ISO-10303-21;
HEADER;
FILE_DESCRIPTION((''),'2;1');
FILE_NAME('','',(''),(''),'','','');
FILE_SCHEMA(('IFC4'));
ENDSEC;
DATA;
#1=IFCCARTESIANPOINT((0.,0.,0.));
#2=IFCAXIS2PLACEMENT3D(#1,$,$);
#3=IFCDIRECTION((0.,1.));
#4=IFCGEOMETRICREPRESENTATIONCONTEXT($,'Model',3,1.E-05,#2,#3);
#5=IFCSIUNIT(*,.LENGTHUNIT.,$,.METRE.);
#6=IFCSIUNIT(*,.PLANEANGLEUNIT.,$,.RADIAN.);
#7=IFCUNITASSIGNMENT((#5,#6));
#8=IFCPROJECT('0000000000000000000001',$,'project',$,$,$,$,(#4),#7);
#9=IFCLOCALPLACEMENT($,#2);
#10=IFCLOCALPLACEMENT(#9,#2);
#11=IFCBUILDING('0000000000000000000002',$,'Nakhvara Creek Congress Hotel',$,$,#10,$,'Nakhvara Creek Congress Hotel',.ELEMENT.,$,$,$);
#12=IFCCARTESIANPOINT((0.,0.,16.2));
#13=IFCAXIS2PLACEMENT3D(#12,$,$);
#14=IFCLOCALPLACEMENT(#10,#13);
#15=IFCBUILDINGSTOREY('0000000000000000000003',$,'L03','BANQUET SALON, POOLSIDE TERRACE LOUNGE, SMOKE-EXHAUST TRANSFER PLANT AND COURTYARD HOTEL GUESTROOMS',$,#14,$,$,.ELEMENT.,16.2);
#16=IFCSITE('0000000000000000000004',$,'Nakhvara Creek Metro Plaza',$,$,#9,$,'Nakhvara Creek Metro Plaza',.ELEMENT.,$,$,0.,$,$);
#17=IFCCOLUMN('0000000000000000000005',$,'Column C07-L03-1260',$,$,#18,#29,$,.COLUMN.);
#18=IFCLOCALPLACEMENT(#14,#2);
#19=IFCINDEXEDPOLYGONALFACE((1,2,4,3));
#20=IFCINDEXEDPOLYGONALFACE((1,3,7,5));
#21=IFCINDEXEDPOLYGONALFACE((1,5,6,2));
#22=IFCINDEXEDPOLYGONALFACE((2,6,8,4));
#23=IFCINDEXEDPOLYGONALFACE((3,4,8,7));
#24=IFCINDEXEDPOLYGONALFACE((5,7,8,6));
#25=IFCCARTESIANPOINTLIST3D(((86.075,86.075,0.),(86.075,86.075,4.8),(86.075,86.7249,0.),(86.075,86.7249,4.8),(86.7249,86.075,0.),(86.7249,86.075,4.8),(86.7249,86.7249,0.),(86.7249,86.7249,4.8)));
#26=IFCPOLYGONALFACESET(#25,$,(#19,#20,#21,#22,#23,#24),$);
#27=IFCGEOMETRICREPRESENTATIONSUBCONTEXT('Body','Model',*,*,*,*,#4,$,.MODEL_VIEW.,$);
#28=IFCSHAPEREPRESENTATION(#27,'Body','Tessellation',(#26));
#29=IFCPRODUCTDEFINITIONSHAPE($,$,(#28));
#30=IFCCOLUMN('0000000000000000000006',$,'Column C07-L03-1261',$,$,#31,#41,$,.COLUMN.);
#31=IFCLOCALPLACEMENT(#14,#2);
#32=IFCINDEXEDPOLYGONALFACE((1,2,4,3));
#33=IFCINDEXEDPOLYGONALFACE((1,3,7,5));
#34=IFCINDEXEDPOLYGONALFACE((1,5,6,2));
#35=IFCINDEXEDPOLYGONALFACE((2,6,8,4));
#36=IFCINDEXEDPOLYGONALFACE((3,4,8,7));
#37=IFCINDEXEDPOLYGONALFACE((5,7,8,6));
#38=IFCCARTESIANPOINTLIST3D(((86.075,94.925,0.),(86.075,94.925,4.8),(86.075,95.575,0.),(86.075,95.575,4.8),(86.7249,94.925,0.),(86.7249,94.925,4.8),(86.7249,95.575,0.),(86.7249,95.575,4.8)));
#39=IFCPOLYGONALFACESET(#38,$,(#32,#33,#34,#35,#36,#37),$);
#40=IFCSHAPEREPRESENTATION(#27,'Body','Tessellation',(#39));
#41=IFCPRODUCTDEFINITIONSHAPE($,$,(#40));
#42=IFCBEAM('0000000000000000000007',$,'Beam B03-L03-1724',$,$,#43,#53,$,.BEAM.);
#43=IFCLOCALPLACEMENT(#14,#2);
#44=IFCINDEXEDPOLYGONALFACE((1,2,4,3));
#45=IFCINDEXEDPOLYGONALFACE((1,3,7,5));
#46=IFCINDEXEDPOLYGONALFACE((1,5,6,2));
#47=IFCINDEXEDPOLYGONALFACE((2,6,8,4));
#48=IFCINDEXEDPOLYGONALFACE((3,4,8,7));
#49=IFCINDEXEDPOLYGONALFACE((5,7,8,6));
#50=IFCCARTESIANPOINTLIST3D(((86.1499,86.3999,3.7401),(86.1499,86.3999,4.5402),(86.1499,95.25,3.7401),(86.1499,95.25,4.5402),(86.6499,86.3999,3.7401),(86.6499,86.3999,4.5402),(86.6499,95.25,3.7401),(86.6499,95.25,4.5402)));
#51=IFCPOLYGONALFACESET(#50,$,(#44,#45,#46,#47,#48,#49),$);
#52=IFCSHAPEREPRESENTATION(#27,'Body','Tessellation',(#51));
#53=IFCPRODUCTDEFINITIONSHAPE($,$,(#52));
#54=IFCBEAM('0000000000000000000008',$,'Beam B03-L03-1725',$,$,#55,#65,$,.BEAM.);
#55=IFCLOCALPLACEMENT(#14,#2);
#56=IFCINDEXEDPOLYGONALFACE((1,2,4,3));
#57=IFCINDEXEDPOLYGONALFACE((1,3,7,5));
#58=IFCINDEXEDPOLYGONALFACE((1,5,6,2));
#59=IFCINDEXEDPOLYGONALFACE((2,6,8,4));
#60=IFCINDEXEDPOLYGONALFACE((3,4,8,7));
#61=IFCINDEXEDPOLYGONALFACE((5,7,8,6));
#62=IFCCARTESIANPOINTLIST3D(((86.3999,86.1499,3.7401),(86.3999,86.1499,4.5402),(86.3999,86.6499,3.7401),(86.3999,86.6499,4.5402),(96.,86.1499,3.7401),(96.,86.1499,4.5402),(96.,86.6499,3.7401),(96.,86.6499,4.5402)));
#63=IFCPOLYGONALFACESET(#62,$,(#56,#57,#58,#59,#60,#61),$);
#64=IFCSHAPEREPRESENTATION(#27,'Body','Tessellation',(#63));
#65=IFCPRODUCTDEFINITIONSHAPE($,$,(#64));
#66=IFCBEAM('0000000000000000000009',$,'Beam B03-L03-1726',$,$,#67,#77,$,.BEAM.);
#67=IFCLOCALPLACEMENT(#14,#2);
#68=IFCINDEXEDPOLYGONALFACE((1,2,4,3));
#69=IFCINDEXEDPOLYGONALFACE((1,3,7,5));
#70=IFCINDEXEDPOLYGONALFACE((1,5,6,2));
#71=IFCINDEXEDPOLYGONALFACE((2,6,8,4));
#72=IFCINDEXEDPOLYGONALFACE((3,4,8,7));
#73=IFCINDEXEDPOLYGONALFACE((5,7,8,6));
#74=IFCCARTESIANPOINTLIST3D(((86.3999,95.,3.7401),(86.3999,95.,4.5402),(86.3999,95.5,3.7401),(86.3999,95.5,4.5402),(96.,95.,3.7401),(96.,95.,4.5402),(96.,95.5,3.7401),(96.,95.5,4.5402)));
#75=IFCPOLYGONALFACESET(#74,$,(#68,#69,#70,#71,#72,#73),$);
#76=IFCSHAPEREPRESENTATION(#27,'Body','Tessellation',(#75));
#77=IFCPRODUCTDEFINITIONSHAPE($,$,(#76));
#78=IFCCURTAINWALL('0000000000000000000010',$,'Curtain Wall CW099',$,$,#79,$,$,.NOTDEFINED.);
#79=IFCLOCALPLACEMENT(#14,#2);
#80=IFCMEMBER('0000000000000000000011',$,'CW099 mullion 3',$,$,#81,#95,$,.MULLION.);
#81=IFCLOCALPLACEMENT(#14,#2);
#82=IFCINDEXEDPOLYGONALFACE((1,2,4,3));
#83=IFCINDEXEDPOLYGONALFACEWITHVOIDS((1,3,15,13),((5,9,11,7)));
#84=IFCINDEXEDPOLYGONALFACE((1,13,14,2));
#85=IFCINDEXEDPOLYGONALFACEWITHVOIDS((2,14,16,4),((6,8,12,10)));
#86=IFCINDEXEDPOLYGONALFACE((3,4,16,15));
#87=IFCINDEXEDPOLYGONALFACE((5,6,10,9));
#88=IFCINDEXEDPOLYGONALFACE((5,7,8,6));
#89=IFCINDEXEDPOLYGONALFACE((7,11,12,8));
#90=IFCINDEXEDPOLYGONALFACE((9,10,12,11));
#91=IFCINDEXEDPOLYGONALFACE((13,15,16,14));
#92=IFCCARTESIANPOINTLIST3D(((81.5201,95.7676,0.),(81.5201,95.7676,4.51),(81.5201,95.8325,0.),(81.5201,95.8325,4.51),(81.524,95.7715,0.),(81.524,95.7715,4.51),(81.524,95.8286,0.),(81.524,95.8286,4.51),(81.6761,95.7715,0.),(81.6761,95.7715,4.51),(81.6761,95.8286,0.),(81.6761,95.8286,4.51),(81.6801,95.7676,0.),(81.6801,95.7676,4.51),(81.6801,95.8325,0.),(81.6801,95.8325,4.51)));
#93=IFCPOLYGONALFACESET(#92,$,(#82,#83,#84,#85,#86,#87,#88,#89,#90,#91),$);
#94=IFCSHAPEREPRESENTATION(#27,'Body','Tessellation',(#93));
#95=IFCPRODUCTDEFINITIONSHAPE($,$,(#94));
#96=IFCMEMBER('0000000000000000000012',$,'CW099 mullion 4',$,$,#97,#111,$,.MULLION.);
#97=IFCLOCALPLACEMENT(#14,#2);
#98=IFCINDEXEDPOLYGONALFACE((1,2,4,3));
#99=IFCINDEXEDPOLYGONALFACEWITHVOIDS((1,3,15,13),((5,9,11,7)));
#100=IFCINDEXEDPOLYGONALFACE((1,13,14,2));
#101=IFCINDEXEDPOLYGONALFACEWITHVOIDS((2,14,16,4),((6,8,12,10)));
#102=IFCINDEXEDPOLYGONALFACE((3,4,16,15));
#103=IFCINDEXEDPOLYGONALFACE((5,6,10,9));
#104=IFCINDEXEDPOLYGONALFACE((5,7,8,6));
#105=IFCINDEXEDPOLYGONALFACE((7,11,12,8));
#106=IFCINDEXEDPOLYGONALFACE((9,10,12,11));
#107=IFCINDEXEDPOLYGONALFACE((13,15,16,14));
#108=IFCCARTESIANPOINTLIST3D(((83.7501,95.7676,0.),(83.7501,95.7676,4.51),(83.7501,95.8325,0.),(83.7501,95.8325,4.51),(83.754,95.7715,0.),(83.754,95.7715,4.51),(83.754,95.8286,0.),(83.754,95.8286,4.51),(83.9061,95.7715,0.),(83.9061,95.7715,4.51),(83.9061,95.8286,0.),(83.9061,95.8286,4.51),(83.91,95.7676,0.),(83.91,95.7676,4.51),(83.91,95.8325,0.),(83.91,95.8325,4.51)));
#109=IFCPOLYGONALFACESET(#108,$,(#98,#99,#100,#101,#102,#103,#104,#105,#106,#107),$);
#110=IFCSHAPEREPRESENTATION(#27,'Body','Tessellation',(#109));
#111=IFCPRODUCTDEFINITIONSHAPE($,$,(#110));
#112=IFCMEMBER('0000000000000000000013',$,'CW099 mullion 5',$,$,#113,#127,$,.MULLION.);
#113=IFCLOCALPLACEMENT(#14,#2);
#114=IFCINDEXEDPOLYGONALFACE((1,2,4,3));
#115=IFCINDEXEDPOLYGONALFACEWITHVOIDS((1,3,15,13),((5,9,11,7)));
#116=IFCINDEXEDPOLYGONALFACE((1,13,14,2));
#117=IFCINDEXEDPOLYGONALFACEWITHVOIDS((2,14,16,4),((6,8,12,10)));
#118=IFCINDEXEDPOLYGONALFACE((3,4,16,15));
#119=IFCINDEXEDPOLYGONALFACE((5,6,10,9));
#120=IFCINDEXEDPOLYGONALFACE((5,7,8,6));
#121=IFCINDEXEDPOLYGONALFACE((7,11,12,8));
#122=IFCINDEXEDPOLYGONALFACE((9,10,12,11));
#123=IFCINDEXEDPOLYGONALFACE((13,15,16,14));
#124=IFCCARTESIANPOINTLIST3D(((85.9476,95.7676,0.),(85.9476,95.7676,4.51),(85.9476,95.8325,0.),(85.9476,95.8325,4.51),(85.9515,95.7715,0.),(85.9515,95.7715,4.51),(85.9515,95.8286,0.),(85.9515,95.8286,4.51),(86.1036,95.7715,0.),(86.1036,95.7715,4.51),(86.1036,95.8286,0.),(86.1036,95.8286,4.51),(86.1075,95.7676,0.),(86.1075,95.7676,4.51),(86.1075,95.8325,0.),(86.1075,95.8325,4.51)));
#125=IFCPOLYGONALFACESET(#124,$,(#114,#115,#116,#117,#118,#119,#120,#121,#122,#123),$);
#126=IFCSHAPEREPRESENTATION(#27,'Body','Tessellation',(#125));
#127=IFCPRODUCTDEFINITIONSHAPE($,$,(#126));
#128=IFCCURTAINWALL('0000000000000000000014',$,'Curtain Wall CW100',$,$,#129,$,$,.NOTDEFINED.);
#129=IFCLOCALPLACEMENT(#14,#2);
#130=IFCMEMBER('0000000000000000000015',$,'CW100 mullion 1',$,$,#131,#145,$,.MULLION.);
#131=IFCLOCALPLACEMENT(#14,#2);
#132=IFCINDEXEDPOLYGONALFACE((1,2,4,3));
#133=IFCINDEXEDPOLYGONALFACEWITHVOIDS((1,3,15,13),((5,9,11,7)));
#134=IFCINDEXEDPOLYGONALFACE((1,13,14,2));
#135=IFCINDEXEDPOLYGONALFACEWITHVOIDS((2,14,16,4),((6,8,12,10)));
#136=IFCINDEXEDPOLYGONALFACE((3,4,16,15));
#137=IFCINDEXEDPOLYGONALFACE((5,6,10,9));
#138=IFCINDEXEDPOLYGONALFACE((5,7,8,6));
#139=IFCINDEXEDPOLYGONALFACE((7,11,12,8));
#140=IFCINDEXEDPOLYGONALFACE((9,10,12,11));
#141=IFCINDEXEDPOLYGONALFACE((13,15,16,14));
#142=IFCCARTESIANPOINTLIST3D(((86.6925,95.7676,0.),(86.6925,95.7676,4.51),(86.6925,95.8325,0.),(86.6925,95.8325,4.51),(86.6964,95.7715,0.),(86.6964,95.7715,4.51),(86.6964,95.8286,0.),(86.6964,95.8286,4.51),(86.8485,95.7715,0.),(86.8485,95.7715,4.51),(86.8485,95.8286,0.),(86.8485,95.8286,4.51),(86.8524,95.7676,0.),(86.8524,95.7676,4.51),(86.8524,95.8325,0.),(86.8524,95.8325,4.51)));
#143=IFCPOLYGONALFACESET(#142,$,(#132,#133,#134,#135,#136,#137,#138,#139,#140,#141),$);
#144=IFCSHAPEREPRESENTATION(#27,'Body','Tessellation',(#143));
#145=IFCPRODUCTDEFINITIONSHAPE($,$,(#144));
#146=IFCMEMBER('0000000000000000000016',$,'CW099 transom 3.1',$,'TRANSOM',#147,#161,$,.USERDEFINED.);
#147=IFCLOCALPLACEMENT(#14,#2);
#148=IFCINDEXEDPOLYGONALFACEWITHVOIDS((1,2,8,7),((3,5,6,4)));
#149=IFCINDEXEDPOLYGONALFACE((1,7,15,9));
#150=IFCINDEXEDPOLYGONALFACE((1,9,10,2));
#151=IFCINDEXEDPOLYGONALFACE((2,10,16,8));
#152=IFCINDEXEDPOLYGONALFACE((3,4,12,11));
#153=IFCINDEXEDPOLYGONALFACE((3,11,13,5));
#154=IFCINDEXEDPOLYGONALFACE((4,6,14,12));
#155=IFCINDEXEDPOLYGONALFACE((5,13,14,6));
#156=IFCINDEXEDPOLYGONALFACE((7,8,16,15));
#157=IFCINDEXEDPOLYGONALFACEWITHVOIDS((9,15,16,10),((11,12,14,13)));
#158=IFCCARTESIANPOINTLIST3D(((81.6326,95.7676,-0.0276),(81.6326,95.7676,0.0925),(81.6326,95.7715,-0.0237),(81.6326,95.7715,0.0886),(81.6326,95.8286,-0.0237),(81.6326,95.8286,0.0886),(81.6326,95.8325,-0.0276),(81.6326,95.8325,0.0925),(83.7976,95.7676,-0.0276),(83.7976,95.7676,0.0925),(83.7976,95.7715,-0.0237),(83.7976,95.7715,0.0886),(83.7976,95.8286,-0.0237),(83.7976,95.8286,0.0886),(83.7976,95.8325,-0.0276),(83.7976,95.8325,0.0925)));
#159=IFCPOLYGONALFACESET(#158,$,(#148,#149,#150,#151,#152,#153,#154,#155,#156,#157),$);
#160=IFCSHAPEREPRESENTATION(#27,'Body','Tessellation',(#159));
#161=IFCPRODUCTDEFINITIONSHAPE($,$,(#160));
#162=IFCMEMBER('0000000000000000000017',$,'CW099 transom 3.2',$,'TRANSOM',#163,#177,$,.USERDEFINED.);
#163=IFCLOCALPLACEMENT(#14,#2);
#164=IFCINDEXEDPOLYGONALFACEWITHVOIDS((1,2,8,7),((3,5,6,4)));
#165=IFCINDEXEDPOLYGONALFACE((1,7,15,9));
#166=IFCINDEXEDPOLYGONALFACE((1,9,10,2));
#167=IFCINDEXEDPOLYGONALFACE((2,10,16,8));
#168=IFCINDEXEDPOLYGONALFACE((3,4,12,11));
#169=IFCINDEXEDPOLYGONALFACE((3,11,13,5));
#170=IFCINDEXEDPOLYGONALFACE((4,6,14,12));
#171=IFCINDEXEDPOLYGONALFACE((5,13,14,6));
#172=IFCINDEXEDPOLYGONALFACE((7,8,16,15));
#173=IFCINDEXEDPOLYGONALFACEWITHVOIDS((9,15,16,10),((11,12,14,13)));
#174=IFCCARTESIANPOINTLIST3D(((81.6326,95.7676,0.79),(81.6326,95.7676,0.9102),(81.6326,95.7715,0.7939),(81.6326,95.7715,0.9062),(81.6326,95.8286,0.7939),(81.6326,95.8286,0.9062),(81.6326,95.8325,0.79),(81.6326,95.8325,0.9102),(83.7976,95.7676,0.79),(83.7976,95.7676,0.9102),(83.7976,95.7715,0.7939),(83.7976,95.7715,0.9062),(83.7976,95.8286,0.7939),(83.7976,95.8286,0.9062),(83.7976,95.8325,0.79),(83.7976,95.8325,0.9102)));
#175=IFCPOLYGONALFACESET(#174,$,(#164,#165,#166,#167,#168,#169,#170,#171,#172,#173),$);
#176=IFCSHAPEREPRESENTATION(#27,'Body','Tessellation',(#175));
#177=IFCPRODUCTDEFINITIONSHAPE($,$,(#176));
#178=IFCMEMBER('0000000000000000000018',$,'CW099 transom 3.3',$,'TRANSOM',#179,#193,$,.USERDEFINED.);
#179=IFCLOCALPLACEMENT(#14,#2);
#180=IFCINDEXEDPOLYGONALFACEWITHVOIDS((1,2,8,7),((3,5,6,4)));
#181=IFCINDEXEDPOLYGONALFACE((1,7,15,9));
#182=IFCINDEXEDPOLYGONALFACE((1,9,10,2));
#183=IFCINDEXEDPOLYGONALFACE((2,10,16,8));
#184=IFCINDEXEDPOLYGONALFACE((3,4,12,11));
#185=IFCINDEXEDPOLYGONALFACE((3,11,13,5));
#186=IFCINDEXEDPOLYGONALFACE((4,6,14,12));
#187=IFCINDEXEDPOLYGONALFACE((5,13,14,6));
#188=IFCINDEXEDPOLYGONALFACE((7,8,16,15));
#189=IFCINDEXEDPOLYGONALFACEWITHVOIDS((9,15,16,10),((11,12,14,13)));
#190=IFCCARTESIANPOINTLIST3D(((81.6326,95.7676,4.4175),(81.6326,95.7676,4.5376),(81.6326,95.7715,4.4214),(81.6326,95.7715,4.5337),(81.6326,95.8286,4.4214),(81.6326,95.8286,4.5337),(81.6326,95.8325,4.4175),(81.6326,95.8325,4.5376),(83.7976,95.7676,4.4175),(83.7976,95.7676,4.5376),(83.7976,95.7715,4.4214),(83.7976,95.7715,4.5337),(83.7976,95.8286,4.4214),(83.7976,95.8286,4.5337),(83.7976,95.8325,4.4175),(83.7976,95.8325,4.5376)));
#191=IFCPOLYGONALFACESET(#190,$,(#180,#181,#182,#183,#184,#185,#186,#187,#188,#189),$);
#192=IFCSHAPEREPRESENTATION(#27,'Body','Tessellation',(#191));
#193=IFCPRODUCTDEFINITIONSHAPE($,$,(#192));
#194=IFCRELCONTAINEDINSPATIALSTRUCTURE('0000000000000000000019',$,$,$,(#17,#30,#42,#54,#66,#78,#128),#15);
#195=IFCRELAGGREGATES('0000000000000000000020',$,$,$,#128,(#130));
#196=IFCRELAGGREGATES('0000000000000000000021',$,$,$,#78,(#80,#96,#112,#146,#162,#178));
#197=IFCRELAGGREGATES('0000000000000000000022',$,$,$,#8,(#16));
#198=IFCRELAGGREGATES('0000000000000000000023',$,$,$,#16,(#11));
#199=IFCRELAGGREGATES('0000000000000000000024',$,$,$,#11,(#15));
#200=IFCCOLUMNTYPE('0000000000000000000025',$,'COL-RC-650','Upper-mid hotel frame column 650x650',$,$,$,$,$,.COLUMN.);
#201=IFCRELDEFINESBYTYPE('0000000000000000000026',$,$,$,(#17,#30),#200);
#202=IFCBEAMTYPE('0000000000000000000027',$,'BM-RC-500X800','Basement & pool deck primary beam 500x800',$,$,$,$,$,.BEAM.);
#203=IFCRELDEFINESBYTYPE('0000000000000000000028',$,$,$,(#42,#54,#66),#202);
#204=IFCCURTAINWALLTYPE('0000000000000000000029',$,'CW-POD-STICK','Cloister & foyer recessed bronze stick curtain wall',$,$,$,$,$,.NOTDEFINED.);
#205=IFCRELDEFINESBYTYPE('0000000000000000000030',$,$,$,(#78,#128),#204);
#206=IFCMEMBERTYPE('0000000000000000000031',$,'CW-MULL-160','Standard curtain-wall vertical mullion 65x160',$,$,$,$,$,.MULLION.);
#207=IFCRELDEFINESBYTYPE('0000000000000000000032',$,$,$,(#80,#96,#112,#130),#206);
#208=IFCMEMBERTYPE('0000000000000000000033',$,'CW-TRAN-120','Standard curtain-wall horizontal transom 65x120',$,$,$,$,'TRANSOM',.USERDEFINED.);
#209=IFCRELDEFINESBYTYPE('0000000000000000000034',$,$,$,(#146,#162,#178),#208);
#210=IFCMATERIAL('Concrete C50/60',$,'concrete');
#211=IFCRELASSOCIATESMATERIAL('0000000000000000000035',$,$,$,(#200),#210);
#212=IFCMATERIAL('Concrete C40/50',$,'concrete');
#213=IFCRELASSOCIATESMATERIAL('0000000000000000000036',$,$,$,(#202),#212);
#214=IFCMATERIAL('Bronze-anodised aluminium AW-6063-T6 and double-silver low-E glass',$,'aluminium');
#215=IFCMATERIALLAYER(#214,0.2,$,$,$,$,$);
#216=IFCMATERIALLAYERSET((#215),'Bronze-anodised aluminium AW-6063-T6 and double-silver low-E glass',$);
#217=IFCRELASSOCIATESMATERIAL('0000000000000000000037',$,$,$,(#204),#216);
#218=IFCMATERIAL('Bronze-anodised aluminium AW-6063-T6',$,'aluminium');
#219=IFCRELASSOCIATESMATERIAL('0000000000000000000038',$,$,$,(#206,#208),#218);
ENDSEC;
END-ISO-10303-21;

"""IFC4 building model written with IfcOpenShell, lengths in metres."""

from ifc_helpers import new_model, si_unit, direction, frame, origin, origin_2d, place, context, subcontext, project, spatial, rectangle, hollow_rectangle, extrude, material, layer, layer_set, material_profile, profile_set, type_object, element, aggregate, save


model = new_model("IFC4")

# Units and contexts
model_context = context("Model", 3, precision=1e-05, world=origin(), true_north=direction((0.0, 1.0)))
body_context = subcontext(model_context, "Body", "Model", "MODEL_VIEW")
ifc_project = project(units=[si_unit("LENGTHUNIT", "METRE"), si_unit("PLANEANGLEUNIT", "RADIAN")], contexts=[model_context])

# Site, building, storey
site_placement = place(None, origin())
site = spatial("IfcSite", under=ifc_project, at=site_placement, Name="Nakhvara Creek Metro Plaza", LongName="Nakhvara Creek Metro Plaza", CompositionType="ELEMENT", RefElevation=0.0)
building_placement = place(site_placement, origin())
building = spatial("IfcBuilding", under=site, at=building_placement, Name="Nakhvara Creek Congress Hotel", LongName="Nakhvara Creek Congress Hotel", CompositionType="ELEMENT")
storey_placement = place(building_placement, frame((0.0, 0.0, 16.2)))
storey = spatial("IfcBuildingStorey", under=building, at=storey_placement, Name="L03", Description="BANQUET SALON, POOLSIDE TERRACE LOUNGE, SMOKE-EXHAUST TRANSFER PLANT AND COURTYARD HOTEL GUESTROOMS", CompositionType="ELEMENT", Elevation=16.2)

# Columns
ifc_material_1 = material(Name="Concrete C50/60", Category="concrete")
ifc_material_profile_1 = material_profile(ifc_material_1, rectangle(XDim=0.6499, YDim=0.6499, at=origin_2d()), Name="RC-COL 650x650", Category="LoadBearing")
ifc_profile_set_1 = profile_set([ifc_material_profile_1], Name="Concrete C50/60")
column_type = type_object("IfcColumnType", Name="COL-RC-650", Description="Upper-mid hotel frame column 650x650", PredefinedType="COLUMN", material=ifc_profile_set_1)
for number, where, z_axis, x_axis, name in (
    (1, (86.3999, 86.3999, 0.0), (0.0, 0.0, 1.0), (1.0, 0.0, 0.0), "Column C07-L03-1260"),
    (2, (86.3999, 95.25, 0.0), (0.0, 0.0, 1.0), (1.0, 0.0, 0.0), "Column C07-L03-1261"),
):
    element("IfcColumn", number, at=place(storey_placement, frame(where, z_axis=z_axis, x_axis=x_axis)), inside=storey, type_object=column_type, Name=name, PredefinedType="COLUMN", context=body_context, shape_type="SweptSolid", body=[
        extrude(rectangle(XDim=0.6499, YDim=0.6499, at=origin_2d()), origin(), (0.0, 0.0, 1.0), 4.8),
    ])

# Beams
ifc_material_2 = material(Name="Concrete C40/50", Category="concrete")
ifc_material_profile_2 = material_profile(ifc_material_2, rectangle(XDim=0.5, YDim=0.8, at=origin_2d()), Name="RC-BM 500x800", Category="LoadBearing")
ifc_profile_set_2 = profile_set([ifc_material_profile_2], Name="Concrete C40/50")
beam_type = type_object("IfcBeamType", Name="BM-RC-500X800", Description="Basement & pool deck primary beam 500x800", PredefinedType="BEAM", material=ifc_profile_set_2)
beam_placement = place(storey_placement, frame((86.3999, 86.3999, 4.1401), z_axis=(0.0, 1.0, 0.0), x_axis=(-1.0, 0.0, 0.0)))
element("IfcBeam", 3, at=beam_placement, inside=storey, type_object=beam_type, Name="Beam B03-L03-1724", PredefinedType="BEAM", context=body_context, shape_type="SweptSolid", body=[
    extrude(rectangle(XDim=0.5, YDim=0.8, at=origin_2d()), origin(), (0.0, 0.0, 1.0), 8.8501),
])
for number, where, z_axis, x_axis, name in (
    (4, (86.3999, 86.3999, 4.1401), (1.0, 0.0, 0.0), (0.0, 1.0, 0.0), "Beam B03-L03-1725"),
    (5, (86.3999, 95.25, 4.1401), (1.0, 0.0, 0.0), (0.0, 1.0, 0.0), "Beam B03-L03-1726"),
):
    element("IfcBeam", number, at=place(storey_placement, frame(where, z_axis=z_axis, x_axis=x_axis)), inside=storey, type_object=beam_type, Name=name, PredefinedType="BEAM", context=body_context, shape_type="SweptSolid", body=[
        extrude(rectangle(XDim=0.5, YDim=0.8, at=origin_2d()), origin(), (0.0, 0.0, 1.0), 9.6001),
    ])

# Curtain wall, members
ifc_material_3 = material(Name="Bronze-anodised aluminium AW-6063-T6 and double-silver low-E glass", Category="aluminium")
ifc_layer = layer(ifc_material_3, 0.2)
ifc_layer_set = layer_set([ifc_layer], Name="Bronze-anodised aluminium AW-6063-T6 and double-silver low-E glass")
curtain_wall_type = type_object("IfcCurtainWallType", Name="CW-POD-STICK", Description="Cloister & foyer recessed bronze stick curtain wall", PredefinedType="NOTDEFINED", material=ifc_layer_set)
curtain_wall_1_placement = place(storey_placement, origin())
curtain_wall_1 = element("IfcCurtainWall", 6, at=curtain_wall_1_placement, inside=storey, type_object=curtain_wall_type, Name="Curtain Wall CW099", PredefinedType="NOTDEFINED")
ifc_material_4 = material(Name="Bronze-anodised aluminium AW-6063-T6", Category="aluminium")
ifc_material_profile_3 = material_profile(ifc_material_4, hollow_rectangle(XDim=0.0649, YDim=0.1599, WallThickness=0.0039, at=origin_2d()), Name="ALU-MULL 65x160x4", Category="LoadBearing")
ifc_profile_set_3 = profile_set([ifc_material_profile_3], Name="Bronze-anodised aluminium AW-6063-T6")
member_type_1 = type_object("IfcMemberType", Name="CW-MULL-160", Description="Standard curtain-wall vertical mullion 65x160", PredefinedType="MULLION", material=ifc_profile_set_3)
member_1_placement = place(storey_placement, frame((81.6001, 95.8, 0.0), z_axis=(0.0, 0.0, 1.0), x_axis=(0.0, 1.0, 0.0)))
member_1 = element("IfcMember", 7, at=member_1_placement, type_object=member_type_1, Name="CW099 mullion 3", PredefinedType="MULLION", context=body_context, shape_type="SweptSolid", body=[
    extrude(hollow_rectangle(XDim=0.0649, YDim=0.1599, WallThickness=0.0039, at=origin_2d()), origin(), (0.0, 0.0, 1.0), 4.51),
])
member_2_placement = place(storey_placement, frame((83.8301, 95.8, 0.0), z_axis=(0.0, 0.0, 1.0), x_axis=(0.0, 1.0, 0.0)))
member_2 = element("IfcMember", 8, at=member_2_placement, type_object=member_type_1, Name="CW099 mullion 4", PredefinedType="MULLION", context=body_context, shape_type="SweptSolid", body=[
    extrude(hollow_rectangle(XDim=0.0649, YDim=0.1599, WallThickness=0.0039, at=origin_2d()), origin(), (0.0, 0.0, 1.0), 4.51),
])
member_3_placement = place(storey_placement, frame((86.0276, 95.8, 0.0), z_axis=(0.0, 0.0, 1.0), x_axis=(0.0, 1.0, 0.0)))
member_3 = element("IfcMember", 9, at=member_3_placement, type_object=member_type_1, Name="CW099 mullion 5", PredefinedType="MULLION", context=body_context, shape_type="SweptSolid", body=[
    extrude(hollow_rectangle(XDim=0.0649, YDim=0.1599, WallThickness=0.0039, at=origin_2d()), origin(), (0.0, 0.0, 1.0), 4.51),
])

# Curtain wall, member
curtain_wall_2_placement = place(storey_placement, origin())
curtain_wall_2 = element("IfcCurtainWall", 10, at=curtain_wall_2_placement, inside=storey, type_object=curtain_wall_type, Name="Curtain Wall CW100", PredefinedType="NOTDEFINED")
member_4_placement = place(storey_placement, frame((86.7725, 95.8, 0.0), z_axis=(0.0, 0.0, 1.0), x_axis=(0.0, 1.0, 0.0)))
member_4 = element("IfcMember", 11, at=member_4_placement, type_object=member_type_1, Name="CW100 mullion 1", PredefinedType="MULLION", context=body_context, shape_type="SweptSolid", body=[
    extrude(hollow_rectangle(XDim=0.0649, YDim=0.1599, WallThickness=0.0039, at=origin_2d()), origin(), (0.0, 0.0, 1.0), 4.51),
])

# Members
ifc_material_profile_4 = material_profile(ifc_material_4, hollow_rectangle(XDim=0.0649, YDim=0.1201, WallThickness=0.0039, at=origin_2d()), Name="ALU-TRAN 65x120x4", Category="LoadBearing")
ifc_profile_set_4 = profile_set([ifc_material_profile_4], Name="Bronze-anodised aluminium AW-6063-T6")
member_type_2 = type_object("IfcMemberType", Name="CW-TRAN-120", Description="Standard curtain-wall horizontal transom 65x120", ElementType="TRANSOM", PredefinedType="USERDEFINED", material=ifc_profile_set_4)
member_5_placement = place(storey_placement, frame((81.6326, 95.8, 0.0325), z_axis=(1.0, 0.0, 0.0), x_axis=(0.0, 1.0, 0.0)))
member_5 = element("IfcMember", 12, at=member_5_placement, type_object=member_type_2, Name="CW099 transom 3.1", ObjectType="TRANSOM", PredefinedType="USERDEFINED", context=body_context, shape_type="SweptSolid", body=[
    extrude(hollow_rectangle(XDim=0.0649, YDim=0.1201, WallThickness=0.0039, at=origin_2d()), origin(), (0.0, 0.0, 1.0), 2.165),
])
member_6_placement = place(storey_placement, frame((81.6326, 95.8, 0.8501), z_axis=(1.0, 0.0, 0.0), x_axis=(0.0, 1.0, 0.0)))
member_6 = element("IfcMember", 13, at=member_6_placement, type_object=member_type_2, Name="CW099 transom 3.2", ObjectType="TRANSOM", PredefinedType="USERDEFINED", context=body_context, shape_type="SweptSolid", body=[
    extrude(hollow_rectangle(XDim=0.0649, YDim=0.1201, WallThickness=0.0039, at=origin_2d()), origin(), (0.0, 0.0, 1.0), 2.165),
])
member_7_placement = place(storey_placement, frame((81.6326, 95.8, 4.4775), z_axis=(1.0, 0.0, 0.0), x_axis=(0.0, 1.0, 0.0)))
member_7 = element("IfcMember", 14, at=member_7_placement, type_object=member_type_2, Name="CW099 transom 3.3", ObjectType="TRANSOM", PredefinedType="USERDEFINED", context=body_context, shape_type="SweptSolid", body=[
    extrude(hollow_rectangle(XDim=0.0649, YDim=0.1201, WallThickness=0.0039, at=origin_2d()), origin(), (0.0, 0.0, 1.0), 2.165),
])
aggregate(curtain_wall_2, [member_4])

aggregate(curtain_wall_1, [member_1, member_2, member_3, member_5, member_6, member_7])

save(model, "model.ifc")
